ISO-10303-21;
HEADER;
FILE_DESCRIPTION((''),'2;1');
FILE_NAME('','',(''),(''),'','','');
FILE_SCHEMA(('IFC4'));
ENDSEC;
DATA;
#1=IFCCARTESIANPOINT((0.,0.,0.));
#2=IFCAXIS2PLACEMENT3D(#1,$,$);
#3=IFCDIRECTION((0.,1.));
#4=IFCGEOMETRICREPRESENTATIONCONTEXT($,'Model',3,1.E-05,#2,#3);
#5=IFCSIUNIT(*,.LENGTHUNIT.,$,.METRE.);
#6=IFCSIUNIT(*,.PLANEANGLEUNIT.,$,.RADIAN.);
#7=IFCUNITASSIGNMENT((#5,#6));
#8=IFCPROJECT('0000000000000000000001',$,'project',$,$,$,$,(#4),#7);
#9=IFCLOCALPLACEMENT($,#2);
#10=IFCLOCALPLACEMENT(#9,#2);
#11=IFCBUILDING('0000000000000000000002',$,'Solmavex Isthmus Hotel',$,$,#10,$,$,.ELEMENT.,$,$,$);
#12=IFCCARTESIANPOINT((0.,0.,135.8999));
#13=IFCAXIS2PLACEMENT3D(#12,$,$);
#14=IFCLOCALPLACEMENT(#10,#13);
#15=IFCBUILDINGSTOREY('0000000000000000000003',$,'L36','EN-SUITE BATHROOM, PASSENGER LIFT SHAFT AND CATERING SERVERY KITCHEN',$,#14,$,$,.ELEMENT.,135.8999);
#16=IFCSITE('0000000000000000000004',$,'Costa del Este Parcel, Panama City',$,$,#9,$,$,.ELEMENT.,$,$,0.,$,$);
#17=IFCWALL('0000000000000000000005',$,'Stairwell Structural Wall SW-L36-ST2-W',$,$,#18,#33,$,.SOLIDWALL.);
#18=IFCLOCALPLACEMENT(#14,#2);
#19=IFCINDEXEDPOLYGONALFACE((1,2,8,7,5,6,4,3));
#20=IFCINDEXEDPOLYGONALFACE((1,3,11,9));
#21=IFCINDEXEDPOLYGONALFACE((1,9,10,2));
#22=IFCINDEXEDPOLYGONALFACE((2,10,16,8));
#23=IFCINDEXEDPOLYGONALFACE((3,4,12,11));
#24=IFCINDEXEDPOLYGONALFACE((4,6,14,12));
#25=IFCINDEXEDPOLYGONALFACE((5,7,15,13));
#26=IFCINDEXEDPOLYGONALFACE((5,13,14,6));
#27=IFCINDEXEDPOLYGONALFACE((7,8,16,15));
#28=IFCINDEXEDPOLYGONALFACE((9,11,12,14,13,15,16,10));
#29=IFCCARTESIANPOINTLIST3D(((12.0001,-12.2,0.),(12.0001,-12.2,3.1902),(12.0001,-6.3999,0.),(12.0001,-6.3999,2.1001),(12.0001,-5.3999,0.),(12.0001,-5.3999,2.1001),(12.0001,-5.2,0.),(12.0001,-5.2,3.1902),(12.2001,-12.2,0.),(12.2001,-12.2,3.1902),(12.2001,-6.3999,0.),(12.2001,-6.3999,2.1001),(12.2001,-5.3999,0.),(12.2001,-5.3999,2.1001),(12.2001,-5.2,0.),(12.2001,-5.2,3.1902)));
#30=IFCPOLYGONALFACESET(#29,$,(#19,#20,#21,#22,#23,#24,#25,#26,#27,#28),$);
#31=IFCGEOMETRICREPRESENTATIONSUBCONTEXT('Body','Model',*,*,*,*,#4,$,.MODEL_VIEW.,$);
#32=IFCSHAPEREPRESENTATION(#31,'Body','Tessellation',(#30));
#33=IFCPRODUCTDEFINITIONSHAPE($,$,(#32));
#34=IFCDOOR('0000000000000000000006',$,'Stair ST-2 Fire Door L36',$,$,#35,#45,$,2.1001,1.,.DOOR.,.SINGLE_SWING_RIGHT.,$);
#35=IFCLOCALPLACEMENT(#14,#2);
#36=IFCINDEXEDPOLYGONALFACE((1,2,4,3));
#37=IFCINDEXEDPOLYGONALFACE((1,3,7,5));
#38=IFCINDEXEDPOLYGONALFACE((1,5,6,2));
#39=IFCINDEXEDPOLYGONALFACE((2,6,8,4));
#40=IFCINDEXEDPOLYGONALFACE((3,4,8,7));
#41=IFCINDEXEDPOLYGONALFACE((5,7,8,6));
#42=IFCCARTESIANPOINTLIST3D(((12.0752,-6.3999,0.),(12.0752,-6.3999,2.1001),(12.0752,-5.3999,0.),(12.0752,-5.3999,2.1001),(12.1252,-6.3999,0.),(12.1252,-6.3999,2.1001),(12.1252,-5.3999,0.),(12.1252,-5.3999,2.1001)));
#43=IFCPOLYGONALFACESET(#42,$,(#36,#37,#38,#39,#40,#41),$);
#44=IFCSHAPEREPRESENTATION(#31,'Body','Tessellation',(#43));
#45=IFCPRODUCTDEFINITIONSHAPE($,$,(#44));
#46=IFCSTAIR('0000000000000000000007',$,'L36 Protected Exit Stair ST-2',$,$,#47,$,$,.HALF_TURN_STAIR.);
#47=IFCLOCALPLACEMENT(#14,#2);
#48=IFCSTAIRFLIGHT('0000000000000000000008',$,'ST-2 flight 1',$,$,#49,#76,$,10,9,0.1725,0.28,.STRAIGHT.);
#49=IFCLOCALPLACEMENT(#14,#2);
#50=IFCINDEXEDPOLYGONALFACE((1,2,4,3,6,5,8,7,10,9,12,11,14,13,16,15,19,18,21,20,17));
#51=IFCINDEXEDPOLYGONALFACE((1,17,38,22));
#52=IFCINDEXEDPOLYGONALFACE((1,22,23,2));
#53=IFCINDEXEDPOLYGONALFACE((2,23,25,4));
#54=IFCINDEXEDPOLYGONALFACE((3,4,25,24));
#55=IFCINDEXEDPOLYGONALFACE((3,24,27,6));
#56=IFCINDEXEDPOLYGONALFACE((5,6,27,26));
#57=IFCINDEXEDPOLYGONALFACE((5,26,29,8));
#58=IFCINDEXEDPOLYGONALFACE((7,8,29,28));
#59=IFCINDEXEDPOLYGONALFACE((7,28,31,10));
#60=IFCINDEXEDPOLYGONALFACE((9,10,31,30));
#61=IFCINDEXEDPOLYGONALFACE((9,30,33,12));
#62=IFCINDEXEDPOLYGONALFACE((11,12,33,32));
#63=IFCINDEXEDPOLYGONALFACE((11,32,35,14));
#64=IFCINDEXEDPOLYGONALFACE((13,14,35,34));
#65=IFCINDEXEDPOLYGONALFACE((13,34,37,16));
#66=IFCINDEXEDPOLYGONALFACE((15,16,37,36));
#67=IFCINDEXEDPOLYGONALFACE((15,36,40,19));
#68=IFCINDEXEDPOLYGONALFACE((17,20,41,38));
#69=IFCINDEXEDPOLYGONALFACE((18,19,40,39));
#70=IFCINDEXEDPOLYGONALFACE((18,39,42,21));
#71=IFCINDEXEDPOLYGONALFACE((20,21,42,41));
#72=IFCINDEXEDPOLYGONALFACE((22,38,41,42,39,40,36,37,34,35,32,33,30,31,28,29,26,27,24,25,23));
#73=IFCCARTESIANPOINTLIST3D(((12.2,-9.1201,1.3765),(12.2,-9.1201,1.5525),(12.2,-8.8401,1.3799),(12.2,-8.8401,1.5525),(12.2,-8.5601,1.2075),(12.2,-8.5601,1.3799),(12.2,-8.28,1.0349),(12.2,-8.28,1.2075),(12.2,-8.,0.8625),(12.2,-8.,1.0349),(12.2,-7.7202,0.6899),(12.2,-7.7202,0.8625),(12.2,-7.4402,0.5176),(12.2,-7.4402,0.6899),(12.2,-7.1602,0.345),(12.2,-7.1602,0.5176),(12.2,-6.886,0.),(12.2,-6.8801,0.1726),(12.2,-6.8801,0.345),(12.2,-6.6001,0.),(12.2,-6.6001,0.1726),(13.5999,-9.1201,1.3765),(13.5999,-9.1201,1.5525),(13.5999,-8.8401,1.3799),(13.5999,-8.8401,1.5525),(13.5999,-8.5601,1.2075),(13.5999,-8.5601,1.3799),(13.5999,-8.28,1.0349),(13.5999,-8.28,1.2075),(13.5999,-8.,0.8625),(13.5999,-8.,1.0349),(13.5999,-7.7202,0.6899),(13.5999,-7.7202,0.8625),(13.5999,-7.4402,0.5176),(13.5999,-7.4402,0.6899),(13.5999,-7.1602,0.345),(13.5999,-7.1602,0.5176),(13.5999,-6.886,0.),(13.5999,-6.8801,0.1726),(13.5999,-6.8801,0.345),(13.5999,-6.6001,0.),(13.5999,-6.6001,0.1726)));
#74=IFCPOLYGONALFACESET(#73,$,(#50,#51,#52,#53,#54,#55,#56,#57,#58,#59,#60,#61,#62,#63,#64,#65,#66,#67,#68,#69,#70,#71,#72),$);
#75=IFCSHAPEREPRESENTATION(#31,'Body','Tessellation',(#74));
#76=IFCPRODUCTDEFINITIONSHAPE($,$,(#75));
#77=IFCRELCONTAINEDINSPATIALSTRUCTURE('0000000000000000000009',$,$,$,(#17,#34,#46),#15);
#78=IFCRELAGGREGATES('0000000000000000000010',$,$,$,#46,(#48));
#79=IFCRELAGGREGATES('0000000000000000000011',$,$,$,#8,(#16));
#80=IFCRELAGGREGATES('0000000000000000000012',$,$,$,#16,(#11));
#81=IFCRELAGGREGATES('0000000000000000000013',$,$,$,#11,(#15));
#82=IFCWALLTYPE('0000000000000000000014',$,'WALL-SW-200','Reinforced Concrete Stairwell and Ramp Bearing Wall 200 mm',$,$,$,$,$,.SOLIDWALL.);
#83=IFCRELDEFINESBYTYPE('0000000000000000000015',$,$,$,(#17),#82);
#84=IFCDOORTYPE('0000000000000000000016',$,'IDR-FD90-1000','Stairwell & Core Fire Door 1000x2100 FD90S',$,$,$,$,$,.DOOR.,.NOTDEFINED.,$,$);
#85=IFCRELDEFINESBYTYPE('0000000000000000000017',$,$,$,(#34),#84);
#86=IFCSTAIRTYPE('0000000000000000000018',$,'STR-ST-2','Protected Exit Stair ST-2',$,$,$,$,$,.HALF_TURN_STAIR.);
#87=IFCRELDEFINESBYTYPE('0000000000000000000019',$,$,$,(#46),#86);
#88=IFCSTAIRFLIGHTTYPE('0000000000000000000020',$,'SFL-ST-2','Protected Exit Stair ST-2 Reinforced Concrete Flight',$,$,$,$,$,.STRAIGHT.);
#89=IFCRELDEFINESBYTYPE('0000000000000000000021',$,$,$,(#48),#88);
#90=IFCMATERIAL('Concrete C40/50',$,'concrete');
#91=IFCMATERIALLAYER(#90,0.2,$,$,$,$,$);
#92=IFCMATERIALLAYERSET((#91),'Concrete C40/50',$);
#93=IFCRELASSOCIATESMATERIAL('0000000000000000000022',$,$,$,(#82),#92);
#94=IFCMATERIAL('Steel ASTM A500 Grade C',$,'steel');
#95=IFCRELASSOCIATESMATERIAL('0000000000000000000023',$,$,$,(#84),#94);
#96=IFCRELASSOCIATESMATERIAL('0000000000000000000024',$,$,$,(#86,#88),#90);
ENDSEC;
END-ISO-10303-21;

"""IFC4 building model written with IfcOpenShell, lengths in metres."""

from ifc_helpers import new_model, si_unit, direction, frame, frame_2d, origin, place, context, subcontext, project, spatial, polyline, rectangle, outline, extrude, material, layer, layer_set, type_object, element, fill, aggregate, save


model = new_model("IFC4")

# Units and contexts
model_context = context("Model", 3, precision=1e-05, world=origin(), true_north=direction((0.0, 1.0)))
body_context = subcontext(model_context, "Body", "Model", "MODEL_VIEW")
ifc_project = project(units=[si_unit("LENGTHUNIT", "METRE"), si_unit("PLANEANGLEUNIT", "RADIAN")], contexts=[model_context])

# Site, building, storey
site_placement = place(None, origin())
site = spatial("IfcSite", under=ifc_project, at=site_placement, Name="Costa del Este Parcel, Panama City", CompositionType="ELEMENT", RefElevation=0.0)
building_placement = place(site_placement, origin())
building = spatial("IfcBuilding", under=site, at=building_placement, Name="Solmavex Isthmus Hotel", CompositionType="ELEMENT")
storey_placement = place(building_placement, frame((0.0, 0.0, 135.8999)))
storey = spatial("IfcBuildingStorey", under=building, at=storey_placement, Name="L36", Description="EN-SUITE BATHROOM, PASSENGER LIFT SHAFT AND CATERING SERVERY KITCHEN", CompositionType="ELEMENT", Elevation=135.8999)

# Shared definitions
ifc_material_1 = material(Name="Concrete C40/50", Category="concrete")
ifc_material_2 = material(Name="Steel ASTM A500 Grade C", Category="steel")

# Shared definitions
ifc_layer_1 = layer(ifc_material_1, 0.2)
ifc_layer_set_1 = layer_set([ifc_layer_1], Name="Concrete C40/50")
wall_type_1 = type_object("IfcWallType", Name="WALL-SW-200", Description="Reinforced Concrete Stairwell and Ramp Bearing Wall 200 mm", PredefinedType="SOLIDWALL", material=ifc_layer_set_1)

# Wall, opening, door
wall_1_placement = place(storey_placement, frame((12.1001, -12.2, 0.0), z_axis=(0.0, 0.0, 1.0), x_axis=(0.0, 1.0, 0.0)))
wall_1 = element("IfcWall", 1, at=wall_1_placement, inside=storey, type_object=wall_type_1, Name="Stairwell Structural Wall SW-L36-ST2-W", PredefinedType="SOLIDWALL", context=body_context, shape_type="SweptSolid", body=[
    extrude(rectangle(XDim=7.0, YDim=0.2, at=frame_2d((3.5, 0.0))), origin(), (0.0, 0.0, 1.0), 3.1902),
])
opening_1_placement = place(wall_1_placement, frame((5.8, 0.0, 0.0)))
opening_1 = element("IfcOpeningElement", 2, at=opening_1_placement, cuts=wall_1, PredefinedType="OPENING", context=body_context, shape_type="SweptSolid", body=[
    extrude(rectangle(XDim=1.0, YDim=2.1001, at=frame_2d((0.5, 1.05))), frame((0.0, 0.1099, 0.0), z_axis=(0.0, -1.0, 0.0), x_axis=(1.0, 0.0, 0.0)), (0.0, 0.0, 1.0), 0.22),
])
door_type_1 = type_object("IfcDoorType", Name="IDR-FD90-1000", Description="Stairwell & Core Fire Door 1000x2100 FD90S", OperationType="NOTDEFINED", PredefinedType="DOOR", material=ifc_material_2)
door_1_placement = place(opening_1_placement, origin())
door_1 = element("IfcDoor", 3, at=door_1_placement, inside=storey, type_object=door_type_1, Name="Stair ST-2 Fire Door L36", OperationType="SINGLE_SWING_RIGHT", OverallHeight=2.1001, OverallWidth=1.0, PredefinedType="DOOR", context=body_context, shape_type="SweptSolid", body=[
    extrude(rectangle(XDim=1.0, YDim=2.1001, at=frame_2d((0.5, 1.05))), frame((0.0, 0.0249, 0.0), z_axis=(0.0, -1.0, 0.0), x_axis=(1.0, 0.0, 0.0)), (0.0, 0.0, 1.0), 0.05),
])
fill(opening_1, door_1)

# Stair, stair flight
stair_type = type_object("IfcStairType", Name="STR-ST-2", Description="Protected Exit Stair ST-2", PredefinedType="HALF_TURN_STAIR", material=ifc_material_1)
stair_placement = place(storey_placement, origin())
stair = element("IfcStair", 4, at=stair_placement, inside=storey, type_object=stair_type, Name="L36 Protected Exit Stair ST-2", PredefinedType="HALF_TURN_STAIR")
stair_flight_type = type_object("IfcStairFlightType", Name="SFL-ST-2", Description="Protected Exit Stair ST-2 Reinforced Concrete Flight", PredefinedType="STRAIGHT", material=ifc_material_1)
stair_flight_placement = place(storey_placement, frame((12.8999, -6.6001, 0.0), z_axis=(0.0, 0.0, 1.0), x_axis=(0.0, -1.0, 0.0)))
stair_flight = element("IfcStairFlight", 5, at=stair_flight_placement, type_object=stair_flight_type, Name="ST-2 flight 1", NumberOfRisers=10, NumberOfTreads=9, PredefinedType="STRAIGHT", RiserHeight=0.1725, TreadLength=0.28, context=body_context, shape_type="SweptSolid", body=[
    extrude(outline(polyline([(0.0, 0.0), (0.0, 0.1726), (0.28, 0.1726), (0.28, 0.345), (0.5601, 0.345), (0.5601, 0.5176), (0.8401, 0.5176), (0.8401, 0.6899), (1.1201, 0.6899), (1.1201, 0.8625), (1.3999, 0.8625), (1.3999, 1.0349), (1.6799, 1.0349), (1.6799, 1.2075), (1.96, 1.2075), (1.96, 1.3799), (2.24, 1.3799), (2.24, 1.5525), (2.52, 1.5525), (2.52, 1.7251), (2.52, 1.3765), (0.2859, 0.0), (0.0, 0.0)])), frame((0.0, 0.7, 0.0), z_axis=(0.0, -1.0, 0.0), x_axis=(1.0, 0.0, 0.0)), (0.0, 0.0, 1.0), 1.3999),
])
aggregate(stair, [stair_flight])

save(model, "model.ifc")
